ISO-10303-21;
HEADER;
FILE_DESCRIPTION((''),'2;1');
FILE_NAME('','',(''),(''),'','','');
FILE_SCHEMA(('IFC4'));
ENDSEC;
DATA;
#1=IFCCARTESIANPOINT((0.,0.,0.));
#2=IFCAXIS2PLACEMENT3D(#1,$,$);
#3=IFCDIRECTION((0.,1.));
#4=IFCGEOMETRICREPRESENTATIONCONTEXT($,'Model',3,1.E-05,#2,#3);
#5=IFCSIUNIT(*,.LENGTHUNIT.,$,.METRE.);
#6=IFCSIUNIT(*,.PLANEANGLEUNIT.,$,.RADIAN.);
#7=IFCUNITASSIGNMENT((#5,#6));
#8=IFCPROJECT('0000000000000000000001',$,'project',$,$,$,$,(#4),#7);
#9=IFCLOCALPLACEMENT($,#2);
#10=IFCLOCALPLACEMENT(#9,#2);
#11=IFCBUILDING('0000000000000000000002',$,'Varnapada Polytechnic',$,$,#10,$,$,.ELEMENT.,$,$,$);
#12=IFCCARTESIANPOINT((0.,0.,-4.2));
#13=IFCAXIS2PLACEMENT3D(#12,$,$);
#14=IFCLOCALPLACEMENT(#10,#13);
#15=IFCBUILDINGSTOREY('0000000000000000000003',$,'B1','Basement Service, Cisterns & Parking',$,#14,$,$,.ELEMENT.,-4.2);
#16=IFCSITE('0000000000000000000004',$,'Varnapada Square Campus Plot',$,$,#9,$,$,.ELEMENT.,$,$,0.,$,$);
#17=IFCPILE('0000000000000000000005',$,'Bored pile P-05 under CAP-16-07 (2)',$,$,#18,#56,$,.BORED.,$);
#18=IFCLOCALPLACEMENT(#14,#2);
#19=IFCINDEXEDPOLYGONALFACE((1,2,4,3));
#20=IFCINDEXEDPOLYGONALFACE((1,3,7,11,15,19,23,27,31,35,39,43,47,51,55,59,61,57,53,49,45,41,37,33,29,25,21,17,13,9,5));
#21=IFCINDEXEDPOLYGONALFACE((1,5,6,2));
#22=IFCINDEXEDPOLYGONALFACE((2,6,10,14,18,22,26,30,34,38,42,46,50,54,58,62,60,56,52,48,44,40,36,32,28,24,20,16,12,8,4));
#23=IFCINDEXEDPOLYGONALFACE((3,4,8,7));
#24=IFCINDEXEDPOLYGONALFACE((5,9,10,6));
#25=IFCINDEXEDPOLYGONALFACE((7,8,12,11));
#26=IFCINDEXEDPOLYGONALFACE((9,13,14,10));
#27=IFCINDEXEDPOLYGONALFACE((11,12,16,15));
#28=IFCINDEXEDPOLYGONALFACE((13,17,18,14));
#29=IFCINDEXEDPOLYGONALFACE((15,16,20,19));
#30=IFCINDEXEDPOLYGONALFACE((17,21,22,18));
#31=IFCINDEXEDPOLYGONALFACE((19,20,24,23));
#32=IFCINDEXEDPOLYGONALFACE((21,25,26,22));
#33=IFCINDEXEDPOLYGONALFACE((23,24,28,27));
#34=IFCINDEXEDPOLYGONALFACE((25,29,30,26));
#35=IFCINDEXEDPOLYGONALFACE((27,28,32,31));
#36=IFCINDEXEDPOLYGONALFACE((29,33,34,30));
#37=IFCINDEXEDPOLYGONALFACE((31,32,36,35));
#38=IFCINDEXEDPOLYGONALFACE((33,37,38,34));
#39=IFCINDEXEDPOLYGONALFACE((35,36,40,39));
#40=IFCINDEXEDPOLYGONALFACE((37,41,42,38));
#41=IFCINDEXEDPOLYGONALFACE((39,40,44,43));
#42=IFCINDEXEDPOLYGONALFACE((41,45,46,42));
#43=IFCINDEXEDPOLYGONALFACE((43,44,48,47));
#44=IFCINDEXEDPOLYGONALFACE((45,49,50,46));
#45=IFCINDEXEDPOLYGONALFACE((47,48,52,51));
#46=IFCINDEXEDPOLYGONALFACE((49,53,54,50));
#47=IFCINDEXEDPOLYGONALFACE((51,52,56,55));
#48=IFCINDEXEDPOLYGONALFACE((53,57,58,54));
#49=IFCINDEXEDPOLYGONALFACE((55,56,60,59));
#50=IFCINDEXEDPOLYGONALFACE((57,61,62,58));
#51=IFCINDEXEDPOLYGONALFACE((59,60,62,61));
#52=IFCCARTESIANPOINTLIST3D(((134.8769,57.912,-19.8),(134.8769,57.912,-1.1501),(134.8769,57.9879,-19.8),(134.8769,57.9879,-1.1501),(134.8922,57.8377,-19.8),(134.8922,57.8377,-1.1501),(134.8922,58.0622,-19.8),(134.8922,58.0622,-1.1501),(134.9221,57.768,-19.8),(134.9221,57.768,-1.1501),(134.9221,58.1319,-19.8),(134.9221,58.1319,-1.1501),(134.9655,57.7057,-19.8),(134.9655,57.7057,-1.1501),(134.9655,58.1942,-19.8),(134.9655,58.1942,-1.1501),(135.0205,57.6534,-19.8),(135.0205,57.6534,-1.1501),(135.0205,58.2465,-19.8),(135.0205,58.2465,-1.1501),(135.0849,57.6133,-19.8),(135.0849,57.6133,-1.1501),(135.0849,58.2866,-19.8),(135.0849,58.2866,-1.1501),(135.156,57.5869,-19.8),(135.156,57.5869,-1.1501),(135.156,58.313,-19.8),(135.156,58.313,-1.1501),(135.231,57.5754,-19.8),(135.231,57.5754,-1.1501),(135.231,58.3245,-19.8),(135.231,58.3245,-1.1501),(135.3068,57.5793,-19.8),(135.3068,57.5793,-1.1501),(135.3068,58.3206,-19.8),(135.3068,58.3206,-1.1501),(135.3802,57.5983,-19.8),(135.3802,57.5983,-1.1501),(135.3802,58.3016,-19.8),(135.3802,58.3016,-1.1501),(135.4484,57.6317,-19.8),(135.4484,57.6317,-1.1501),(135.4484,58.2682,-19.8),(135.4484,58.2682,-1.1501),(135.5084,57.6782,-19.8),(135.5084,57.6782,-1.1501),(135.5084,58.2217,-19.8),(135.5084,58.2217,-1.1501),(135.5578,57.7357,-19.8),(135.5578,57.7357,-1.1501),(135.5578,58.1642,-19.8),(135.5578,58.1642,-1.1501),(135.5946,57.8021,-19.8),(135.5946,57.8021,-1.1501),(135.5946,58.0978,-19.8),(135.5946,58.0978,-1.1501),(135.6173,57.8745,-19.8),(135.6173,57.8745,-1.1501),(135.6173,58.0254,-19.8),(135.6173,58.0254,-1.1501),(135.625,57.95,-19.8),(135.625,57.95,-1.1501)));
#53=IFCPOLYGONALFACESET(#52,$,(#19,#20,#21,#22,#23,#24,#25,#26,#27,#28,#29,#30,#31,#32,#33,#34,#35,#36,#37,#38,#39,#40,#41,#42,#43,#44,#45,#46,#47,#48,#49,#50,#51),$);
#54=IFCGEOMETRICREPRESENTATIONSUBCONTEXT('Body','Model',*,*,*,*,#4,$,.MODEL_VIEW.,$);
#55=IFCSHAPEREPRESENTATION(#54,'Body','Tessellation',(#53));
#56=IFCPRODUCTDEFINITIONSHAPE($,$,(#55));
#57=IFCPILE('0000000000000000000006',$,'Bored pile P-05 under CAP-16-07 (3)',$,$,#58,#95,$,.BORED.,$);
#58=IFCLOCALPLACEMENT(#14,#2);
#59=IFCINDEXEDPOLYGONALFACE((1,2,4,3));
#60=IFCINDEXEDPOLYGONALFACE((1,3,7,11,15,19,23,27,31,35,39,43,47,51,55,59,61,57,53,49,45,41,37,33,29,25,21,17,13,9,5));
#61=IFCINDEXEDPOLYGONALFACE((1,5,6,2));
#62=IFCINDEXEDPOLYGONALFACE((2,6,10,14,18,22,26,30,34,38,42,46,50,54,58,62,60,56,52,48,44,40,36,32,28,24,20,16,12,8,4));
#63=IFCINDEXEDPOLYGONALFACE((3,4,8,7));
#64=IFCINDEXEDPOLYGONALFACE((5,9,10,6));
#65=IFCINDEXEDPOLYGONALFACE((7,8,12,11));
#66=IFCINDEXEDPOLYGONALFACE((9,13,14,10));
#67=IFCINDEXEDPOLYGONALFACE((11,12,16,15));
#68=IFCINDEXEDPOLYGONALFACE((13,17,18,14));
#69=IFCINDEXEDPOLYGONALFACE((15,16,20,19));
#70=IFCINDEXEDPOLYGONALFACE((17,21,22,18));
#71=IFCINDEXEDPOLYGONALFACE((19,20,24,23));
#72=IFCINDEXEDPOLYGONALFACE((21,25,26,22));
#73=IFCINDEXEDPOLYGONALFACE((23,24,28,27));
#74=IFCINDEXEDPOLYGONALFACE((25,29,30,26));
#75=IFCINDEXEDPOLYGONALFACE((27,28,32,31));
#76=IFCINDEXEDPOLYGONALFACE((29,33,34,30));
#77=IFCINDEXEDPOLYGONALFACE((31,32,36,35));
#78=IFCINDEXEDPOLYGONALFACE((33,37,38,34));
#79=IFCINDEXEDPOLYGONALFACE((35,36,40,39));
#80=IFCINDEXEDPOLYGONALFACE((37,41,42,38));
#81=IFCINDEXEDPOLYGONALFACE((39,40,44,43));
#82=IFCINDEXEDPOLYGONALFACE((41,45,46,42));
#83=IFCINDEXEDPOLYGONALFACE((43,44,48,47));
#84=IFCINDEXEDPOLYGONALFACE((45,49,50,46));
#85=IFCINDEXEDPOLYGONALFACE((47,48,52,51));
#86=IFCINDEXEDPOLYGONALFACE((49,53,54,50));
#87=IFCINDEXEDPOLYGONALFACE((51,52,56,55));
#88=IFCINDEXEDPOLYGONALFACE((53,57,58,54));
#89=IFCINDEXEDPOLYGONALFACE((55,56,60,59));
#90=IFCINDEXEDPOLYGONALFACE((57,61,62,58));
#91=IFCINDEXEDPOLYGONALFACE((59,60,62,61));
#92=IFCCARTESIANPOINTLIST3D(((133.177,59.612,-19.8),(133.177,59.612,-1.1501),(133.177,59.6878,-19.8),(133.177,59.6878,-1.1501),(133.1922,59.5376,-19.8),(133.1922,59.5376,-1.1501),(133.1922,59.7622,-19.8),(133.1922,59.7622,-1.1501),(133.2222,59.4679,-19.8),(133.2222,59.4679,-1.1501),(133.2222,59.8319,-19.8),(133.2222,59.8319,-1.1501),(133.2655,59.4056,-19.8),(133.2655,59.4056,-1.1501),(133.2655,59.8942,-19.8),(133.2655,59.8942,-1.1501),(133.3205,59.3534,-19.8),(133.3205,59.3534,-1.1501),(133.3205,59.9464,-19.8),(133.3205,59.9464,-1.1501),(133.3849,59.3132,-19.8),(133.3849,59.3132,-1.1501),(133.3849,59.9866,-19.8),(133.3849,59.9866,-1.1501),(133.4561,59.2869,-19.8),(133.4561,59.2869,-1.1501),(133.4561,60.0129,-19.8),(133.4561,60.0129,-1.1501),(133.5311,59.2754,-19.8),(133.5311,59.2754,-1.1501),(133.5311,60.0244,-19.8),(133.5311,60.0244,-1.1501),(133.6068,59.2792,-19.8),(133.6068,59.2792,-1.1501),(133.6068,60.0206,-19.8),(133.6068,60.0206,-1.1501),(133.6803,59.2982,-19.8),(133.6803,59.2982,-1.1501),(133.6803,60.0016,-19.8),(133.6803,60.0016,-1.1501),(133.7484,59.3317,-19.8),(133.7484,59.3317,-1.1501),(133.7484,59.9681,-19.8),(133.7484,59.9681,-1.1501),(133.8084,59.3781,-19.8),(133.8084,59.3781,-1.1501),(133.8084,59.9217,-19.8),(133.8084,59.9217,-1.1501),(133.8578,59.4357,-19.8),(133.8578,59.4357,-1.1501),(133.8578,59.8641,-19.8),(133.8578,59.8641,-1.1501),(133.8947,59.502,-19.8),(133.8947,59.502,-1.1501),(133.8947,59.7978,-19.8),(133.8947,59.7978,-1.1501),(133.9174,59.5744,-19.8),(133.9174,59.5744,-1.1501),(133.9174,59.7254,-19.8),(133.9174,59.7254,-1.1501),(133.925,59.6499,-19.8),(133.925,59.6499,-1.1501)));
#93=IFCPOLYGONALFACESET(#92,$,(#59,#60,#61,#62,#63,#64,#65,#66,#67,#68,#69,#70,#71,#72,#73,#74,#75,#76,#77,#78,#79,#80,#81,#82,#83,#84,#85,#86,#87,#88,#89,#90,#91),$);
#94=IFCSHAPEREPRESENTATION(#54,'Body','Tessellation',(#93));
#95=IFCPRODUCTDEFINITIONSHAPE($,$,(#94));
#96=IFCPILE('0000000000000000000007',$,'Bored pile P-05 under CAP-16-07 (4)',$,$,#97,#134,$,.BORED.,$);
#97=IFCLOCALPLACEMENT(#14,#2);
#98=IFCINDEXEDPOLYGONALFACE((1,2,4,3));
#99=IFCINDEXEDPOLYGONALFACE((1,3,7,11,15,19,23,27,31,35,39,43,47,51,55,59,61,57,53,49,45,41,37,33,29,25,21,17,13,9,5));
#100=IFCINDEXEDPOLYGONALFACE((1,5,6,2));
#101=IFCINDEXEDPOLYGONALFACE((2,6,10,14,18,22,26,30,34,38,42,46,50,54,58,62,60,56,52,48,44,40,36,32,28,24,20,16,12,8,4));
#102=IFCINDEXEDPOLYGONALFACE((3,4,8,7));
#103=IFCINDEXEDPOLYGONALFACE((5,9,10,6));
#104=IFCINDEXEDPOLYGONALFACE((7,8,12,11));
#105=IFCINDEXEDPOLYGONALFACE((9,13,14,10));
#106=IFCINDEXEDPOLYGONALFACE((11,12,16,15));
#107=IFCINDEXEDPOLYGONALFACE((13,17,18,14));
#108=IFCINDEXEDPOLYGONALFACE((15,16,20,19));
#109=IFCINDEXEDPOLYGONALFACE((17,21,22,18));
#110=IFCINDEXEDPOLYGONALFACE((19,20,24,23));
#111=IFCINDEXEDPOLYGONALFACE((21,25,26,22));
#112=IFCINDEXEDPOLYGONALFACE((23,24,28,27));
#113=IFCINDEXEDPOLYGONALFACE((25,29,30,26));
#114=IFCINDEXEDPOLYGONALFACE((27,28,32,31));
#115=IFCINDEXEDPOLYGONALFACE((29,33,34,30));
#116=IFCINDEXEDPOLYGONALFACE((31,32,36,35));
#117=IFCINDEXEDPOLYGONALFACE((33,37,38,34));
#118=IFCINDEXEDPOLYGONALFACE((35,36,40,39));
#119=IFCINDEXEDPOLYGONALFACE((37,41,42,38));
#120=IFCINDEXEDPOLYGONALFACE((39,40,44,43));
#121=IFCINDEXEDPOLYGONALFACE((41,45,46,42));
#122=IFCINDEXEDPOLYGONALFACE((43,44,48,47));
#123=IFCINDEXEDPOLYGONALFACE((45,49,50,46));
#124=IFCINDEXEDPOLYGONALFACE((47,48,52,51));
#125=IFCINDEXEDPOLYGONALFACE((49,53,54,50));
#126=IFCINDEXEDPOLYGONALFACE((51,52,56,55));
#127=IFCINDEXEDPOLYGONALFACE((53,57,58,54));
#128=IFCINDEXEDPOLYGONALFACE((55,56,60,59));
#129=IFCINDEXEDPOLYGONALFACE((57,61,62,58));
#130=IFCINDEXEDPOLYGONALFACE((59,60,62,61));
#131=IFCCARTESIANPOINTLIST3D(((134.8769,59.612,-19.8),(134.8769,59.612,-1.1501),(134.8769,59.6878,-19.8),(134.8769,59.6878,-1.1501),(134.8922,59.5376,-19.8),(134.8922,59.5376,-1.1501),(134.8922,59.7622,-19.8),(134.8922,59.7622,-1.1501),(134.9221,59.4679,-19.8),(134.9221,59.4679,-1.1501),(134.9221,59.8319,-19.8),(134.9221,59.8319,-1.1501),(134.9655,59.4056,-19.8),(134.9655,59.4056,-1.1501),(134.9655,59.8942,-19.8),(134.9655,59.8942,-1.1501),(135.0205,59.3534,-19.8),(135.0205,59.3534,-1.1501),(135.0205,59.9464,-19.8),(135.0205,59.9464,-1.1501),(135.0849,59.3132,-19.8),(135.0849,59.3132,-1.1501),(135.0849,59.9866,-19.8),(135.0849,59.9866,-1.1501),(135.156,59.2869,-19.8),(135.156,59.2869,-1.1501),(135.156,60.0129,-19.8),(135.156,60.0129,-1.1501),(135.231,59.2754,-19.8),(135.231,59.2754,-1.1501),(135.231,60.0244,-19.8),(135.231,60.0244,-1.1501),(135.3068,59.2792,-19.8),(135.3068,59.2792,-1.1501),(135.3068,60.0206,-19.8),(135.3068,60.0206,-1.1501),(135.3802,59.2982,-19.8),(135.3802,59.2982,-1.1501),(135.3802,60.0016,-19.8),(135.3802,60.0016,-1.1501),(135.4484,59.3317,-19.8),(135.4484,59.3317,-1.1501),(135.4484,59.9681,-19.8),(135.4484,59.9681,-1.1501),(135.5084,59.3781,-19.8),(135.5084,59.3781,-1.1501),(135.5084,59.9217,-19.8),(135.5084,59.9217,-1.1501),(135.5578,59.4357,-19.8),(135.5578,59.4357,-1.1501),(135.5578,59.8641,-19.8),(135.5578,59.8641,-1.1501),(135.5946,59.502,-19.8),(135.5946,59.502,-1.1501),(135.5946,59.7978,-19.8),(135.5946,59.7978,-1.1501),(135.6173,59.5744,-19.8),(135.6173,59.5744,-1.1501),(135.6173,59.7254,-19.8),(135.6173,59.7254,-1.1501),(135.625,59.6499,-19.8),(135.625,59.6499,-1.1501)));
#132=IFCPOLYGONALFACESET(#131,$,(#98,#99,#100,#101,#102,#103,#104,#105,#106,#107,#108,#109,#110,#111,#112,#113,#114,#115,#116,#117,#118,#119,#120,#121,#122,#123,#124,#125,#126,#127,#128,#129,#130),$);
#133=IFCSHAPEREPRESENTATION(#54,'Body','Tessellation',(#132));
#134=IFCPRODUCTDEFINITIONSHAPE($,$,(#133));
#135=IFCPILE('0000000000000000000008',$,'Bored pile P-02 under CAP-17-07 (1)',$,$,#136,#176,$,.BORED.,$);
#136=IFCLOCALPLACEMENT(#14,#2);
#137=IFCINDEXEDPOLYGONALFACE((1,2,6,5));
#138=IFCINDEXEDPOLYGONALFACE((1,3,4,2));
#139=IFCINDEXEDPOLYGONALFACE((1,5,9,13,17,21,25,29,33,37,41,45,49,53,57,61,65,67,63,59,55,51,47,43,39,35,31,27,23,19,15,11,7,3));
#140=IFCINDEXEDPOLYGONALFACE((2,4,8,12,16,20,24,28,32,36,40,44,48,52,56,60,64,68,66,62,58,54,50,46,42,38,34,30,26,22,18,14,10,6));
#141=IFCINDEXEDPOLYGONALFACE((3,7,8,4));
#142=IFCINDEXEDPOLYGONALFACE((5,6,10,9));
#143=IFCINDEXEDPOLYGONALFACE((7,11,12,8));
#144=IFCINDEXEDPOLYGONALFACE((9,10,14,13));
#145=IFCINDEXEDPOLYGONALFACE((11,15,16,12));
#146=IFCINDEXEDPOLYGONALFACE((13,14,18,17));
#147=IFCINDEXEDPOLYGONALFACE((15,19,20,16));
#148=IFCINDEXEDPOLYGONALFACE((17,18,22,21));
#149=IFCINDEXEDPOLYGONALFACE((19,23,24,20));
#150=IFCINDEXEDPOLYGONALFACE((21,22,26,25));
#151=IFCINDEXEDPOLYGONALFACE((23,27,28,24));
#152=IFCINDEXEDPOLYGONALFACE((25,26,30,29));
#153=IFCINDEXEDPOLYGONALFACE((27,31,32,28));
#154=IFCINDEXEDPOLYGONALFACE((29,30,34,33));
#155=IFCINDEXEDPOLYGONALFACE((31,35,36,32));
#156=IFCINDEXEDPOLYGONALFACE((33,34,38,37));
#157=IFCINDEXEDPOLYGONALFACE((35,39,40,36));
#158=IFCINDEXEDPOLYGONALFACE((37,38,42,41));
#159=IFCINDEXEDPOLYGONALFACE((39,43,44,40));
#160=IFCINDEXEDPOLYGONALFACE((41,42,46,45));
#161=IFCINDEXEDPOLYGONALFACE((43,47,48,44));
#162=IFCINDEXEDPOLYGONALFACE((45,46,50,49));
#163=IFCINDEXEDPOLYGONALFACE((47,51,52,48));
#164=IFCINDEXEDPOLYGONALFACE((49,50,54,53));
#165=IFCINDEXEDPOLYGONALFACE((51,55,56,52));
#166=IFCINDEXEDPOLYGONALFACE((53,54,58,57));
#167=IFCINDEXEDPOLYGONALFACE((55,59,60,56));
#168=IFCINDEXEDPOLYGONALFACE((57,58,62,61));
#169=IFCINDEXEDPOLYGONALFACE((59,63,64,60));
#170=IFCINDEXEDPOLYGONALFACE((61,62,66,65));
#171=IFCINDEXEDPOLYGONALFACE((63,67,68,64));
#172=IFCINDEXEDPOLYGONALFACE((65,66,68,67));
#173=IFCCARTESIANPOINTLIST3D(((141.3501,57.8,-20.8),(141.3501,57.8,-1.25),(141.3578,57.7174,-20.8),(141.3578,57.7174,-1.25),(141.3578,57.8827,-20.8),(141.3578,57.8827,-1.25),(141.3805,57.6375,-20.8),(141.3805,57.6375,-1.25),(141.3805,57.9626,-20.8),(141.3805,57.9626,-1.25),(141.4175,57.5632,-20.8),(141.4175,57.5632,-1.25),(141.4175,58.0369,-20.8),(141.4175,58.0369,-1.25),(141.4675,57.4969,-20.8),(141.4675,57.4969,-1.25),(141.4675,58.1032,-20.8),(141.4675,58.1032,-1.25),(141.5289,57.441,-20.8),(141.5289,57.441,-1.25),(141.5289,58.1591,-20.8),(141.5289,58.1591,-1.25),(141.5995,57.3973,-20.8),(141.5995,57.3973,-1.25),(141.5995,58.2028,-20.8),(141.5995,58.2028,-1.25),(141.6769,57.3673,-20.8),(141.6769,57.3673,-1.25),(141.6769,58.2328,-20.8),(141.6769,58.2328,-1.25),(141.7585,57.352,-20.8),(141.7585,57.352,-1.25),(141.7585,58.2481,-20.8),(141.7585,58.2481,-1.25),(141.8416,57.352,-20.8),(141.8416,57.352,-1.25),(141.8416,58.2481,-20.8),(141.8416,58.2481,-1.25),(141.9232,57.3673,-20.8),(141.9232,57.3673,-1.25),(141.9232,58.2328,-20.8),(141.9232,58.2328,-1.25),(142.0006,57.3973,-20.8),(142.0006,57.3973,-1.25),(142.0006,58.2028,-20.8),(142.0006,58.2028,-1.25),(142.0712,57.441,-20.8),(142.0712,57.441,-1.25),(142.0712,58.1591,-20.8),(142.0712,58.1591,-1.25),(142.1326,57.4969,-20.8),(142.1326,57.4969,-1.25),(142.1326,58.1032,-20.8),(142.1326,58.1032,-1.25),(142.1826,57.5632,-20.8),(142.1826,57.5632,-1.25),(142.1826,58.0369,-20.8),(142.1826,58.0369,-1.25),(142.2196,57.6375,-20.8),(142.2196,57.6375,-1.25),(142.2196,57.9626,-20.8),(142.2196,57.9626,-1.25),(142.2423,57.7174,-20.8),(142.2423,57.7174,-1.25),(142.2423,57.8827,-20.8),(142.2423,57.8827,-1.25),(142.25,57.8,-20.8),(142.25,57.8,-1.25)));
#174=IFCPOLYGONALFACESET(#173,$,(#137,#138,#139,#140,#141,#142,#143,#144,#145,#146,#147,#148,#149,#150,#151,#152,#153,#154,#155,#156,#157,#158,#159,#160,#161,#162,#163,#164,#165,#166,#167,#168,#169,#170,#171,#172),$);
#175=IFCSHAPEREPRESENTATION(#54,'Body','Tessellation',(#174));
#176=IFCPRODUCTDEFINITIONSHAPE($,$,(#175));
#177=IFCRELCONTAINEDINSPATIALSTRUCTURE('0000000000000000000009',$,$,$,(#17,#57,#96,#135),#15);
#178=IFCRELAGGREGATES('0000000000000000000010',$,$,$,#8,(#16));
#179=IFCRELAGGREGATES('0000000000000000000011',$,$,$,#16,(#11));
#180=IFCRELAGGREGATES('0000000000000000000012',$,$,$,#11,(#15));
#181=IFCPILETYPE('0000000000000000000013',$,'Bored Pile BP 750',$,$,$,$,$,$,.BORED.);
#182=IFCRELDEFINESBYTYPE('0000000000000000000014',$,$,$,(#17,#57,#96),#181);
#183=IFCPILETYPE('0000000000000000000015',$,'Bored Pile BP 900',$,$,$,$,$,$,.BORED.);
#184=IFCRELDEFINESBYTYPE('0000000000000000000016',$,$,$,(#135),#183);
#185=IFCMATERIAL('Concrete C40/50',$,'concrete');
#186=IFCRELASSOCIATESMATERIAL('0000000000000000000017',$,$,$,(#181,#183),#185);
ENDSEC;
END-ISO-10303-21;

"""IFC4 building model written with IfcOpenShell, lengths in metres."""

from ifc_helpers import new_model, si_unit, direction, frame, origin, origin_2d, place, context, subcontext, project, spatial, circle, extrude, material, material_profile, profile_set, type_object, element, save


model = new_model("IFC4")

# Units and contexts
model_context = context("Model", 3, precision=1e-05, world=origin(), true_north=direction((0.0, 1.0)))
body_context = subcontext(model_context, "Body", "Model", "MODEL_VIEW")
ifc_project = project(units=[si_unit("LENGTHUNIT", "METRE"), si_unit("PLANEANGLEUNIT", "RADIAN")], contexts=[model_context])

# Site, building, storey
site_placement = place(None, origin())
site = spatial("IfcSite", under=ifc_project, at=site_placement, Name="Varnapada Square Campus Plot", CompositionType="ELEMENT", RefElevation=0.0)
building_placement = place(site_placement, origin())
building = spatial("IfcBuilding", under=site, at=building_placement, Name="Varnapada Polytechnic", CompositionType="ELEMENT")
storey_placement = place(building_placement, frame((0.0, 0.0, -4.2)))
storey = spatial("IfcBuildingStorey", under=building, at=storey_placement, Name="B1", Description="Basement Service, Cisterns & Parking", CompositionType="ELEMENT", Elevation=-4.2)

# Piles
ifc_material_1 = material(Name="Concrete C40/50", Category="concrete")
ifc_material_profile_1 = material_profile(ifc_material_1, circle(Radius=0.375, at=origin_2d()), Name="BP 750")
ifc_profile_set_1 = profile_set([ifc_material_profile_1], Name="Concrete C40/50")
pile_type_1 = type_object("IfcPileType", Name="Bored Pile BP 750", PredefinedType="BORED", material=ifc_profile_set_1)
for number, where, z_axis, x_axis, name in (
    (1, (135.25, 57.95, -1.1501), (0.0, 0.0, -1.0), (1.0, 0.0, 0.0), "Bored pile P-05 under CAP-16-07 (2)"),
    (2, (133.55, 59.6499, -1.1501), (0.0, 0.0, -1.0), (1.0, 0.0, 0.0), "Bored pile P-05 under CAP-16-07 (3)"),
    (3, (135.25, 59.6499, -1.1501), (0.0, 0.0, -1.0), (1.0, 0.0, 0.0), "Bored pile P-05 under CAP-16-07 (4)"),
):
    element("IfcPile", number, at=place(storey_placement, frame(where, z_axis=z_axis, x_axis=x_axis)), inside=storey, type_object=pile_type_1, Name=name, PredefinedType="BORED", context=body_context, shape_type="SweptSolid", body=[
        extrude(circle(Radius=0.375, at=origin_2d()), origin(), (0.0, 0.0, 1.0), 18.6499),
    ])
ifc_material_profile_2 = material_profile(ifc_material_1, circle(Radius=0.45, at=origin_2d()), Name="BP 900")
ifc_profile_set_2 = profile_set([ifc_material_profile_2], Name="Concrete C40/50")
pile_type_2 = type_object("IfcPileType", Name="Bored Pile BP 900", PredefinedType="BORED", material=ifc_profile_set_2)
for number, where, z_axis, x_axis, name in (
    (4, (141.8, 57.8, -1.25), (0.0, 0.0, -1.0), (1.0, 0.0, 0.0), "Bored pile P-02 under CAP-17-07 (1)"),
):
    element("IfcPile", number, at=place(storey_placement, frame(where, z_axis=z_axis, x_axis=x_axis)), inside=storey, type_object=pile_type_2, Name=name, PredefinedType="BORED", context=body_context, shape_type="SweptSolid", body=[
        extrude(circle(Radius=0.45, at=origin_2d()), origin(), (0.0, 0.0, 1.0), 19.55),
    ])

save(model, "model.ifc")
